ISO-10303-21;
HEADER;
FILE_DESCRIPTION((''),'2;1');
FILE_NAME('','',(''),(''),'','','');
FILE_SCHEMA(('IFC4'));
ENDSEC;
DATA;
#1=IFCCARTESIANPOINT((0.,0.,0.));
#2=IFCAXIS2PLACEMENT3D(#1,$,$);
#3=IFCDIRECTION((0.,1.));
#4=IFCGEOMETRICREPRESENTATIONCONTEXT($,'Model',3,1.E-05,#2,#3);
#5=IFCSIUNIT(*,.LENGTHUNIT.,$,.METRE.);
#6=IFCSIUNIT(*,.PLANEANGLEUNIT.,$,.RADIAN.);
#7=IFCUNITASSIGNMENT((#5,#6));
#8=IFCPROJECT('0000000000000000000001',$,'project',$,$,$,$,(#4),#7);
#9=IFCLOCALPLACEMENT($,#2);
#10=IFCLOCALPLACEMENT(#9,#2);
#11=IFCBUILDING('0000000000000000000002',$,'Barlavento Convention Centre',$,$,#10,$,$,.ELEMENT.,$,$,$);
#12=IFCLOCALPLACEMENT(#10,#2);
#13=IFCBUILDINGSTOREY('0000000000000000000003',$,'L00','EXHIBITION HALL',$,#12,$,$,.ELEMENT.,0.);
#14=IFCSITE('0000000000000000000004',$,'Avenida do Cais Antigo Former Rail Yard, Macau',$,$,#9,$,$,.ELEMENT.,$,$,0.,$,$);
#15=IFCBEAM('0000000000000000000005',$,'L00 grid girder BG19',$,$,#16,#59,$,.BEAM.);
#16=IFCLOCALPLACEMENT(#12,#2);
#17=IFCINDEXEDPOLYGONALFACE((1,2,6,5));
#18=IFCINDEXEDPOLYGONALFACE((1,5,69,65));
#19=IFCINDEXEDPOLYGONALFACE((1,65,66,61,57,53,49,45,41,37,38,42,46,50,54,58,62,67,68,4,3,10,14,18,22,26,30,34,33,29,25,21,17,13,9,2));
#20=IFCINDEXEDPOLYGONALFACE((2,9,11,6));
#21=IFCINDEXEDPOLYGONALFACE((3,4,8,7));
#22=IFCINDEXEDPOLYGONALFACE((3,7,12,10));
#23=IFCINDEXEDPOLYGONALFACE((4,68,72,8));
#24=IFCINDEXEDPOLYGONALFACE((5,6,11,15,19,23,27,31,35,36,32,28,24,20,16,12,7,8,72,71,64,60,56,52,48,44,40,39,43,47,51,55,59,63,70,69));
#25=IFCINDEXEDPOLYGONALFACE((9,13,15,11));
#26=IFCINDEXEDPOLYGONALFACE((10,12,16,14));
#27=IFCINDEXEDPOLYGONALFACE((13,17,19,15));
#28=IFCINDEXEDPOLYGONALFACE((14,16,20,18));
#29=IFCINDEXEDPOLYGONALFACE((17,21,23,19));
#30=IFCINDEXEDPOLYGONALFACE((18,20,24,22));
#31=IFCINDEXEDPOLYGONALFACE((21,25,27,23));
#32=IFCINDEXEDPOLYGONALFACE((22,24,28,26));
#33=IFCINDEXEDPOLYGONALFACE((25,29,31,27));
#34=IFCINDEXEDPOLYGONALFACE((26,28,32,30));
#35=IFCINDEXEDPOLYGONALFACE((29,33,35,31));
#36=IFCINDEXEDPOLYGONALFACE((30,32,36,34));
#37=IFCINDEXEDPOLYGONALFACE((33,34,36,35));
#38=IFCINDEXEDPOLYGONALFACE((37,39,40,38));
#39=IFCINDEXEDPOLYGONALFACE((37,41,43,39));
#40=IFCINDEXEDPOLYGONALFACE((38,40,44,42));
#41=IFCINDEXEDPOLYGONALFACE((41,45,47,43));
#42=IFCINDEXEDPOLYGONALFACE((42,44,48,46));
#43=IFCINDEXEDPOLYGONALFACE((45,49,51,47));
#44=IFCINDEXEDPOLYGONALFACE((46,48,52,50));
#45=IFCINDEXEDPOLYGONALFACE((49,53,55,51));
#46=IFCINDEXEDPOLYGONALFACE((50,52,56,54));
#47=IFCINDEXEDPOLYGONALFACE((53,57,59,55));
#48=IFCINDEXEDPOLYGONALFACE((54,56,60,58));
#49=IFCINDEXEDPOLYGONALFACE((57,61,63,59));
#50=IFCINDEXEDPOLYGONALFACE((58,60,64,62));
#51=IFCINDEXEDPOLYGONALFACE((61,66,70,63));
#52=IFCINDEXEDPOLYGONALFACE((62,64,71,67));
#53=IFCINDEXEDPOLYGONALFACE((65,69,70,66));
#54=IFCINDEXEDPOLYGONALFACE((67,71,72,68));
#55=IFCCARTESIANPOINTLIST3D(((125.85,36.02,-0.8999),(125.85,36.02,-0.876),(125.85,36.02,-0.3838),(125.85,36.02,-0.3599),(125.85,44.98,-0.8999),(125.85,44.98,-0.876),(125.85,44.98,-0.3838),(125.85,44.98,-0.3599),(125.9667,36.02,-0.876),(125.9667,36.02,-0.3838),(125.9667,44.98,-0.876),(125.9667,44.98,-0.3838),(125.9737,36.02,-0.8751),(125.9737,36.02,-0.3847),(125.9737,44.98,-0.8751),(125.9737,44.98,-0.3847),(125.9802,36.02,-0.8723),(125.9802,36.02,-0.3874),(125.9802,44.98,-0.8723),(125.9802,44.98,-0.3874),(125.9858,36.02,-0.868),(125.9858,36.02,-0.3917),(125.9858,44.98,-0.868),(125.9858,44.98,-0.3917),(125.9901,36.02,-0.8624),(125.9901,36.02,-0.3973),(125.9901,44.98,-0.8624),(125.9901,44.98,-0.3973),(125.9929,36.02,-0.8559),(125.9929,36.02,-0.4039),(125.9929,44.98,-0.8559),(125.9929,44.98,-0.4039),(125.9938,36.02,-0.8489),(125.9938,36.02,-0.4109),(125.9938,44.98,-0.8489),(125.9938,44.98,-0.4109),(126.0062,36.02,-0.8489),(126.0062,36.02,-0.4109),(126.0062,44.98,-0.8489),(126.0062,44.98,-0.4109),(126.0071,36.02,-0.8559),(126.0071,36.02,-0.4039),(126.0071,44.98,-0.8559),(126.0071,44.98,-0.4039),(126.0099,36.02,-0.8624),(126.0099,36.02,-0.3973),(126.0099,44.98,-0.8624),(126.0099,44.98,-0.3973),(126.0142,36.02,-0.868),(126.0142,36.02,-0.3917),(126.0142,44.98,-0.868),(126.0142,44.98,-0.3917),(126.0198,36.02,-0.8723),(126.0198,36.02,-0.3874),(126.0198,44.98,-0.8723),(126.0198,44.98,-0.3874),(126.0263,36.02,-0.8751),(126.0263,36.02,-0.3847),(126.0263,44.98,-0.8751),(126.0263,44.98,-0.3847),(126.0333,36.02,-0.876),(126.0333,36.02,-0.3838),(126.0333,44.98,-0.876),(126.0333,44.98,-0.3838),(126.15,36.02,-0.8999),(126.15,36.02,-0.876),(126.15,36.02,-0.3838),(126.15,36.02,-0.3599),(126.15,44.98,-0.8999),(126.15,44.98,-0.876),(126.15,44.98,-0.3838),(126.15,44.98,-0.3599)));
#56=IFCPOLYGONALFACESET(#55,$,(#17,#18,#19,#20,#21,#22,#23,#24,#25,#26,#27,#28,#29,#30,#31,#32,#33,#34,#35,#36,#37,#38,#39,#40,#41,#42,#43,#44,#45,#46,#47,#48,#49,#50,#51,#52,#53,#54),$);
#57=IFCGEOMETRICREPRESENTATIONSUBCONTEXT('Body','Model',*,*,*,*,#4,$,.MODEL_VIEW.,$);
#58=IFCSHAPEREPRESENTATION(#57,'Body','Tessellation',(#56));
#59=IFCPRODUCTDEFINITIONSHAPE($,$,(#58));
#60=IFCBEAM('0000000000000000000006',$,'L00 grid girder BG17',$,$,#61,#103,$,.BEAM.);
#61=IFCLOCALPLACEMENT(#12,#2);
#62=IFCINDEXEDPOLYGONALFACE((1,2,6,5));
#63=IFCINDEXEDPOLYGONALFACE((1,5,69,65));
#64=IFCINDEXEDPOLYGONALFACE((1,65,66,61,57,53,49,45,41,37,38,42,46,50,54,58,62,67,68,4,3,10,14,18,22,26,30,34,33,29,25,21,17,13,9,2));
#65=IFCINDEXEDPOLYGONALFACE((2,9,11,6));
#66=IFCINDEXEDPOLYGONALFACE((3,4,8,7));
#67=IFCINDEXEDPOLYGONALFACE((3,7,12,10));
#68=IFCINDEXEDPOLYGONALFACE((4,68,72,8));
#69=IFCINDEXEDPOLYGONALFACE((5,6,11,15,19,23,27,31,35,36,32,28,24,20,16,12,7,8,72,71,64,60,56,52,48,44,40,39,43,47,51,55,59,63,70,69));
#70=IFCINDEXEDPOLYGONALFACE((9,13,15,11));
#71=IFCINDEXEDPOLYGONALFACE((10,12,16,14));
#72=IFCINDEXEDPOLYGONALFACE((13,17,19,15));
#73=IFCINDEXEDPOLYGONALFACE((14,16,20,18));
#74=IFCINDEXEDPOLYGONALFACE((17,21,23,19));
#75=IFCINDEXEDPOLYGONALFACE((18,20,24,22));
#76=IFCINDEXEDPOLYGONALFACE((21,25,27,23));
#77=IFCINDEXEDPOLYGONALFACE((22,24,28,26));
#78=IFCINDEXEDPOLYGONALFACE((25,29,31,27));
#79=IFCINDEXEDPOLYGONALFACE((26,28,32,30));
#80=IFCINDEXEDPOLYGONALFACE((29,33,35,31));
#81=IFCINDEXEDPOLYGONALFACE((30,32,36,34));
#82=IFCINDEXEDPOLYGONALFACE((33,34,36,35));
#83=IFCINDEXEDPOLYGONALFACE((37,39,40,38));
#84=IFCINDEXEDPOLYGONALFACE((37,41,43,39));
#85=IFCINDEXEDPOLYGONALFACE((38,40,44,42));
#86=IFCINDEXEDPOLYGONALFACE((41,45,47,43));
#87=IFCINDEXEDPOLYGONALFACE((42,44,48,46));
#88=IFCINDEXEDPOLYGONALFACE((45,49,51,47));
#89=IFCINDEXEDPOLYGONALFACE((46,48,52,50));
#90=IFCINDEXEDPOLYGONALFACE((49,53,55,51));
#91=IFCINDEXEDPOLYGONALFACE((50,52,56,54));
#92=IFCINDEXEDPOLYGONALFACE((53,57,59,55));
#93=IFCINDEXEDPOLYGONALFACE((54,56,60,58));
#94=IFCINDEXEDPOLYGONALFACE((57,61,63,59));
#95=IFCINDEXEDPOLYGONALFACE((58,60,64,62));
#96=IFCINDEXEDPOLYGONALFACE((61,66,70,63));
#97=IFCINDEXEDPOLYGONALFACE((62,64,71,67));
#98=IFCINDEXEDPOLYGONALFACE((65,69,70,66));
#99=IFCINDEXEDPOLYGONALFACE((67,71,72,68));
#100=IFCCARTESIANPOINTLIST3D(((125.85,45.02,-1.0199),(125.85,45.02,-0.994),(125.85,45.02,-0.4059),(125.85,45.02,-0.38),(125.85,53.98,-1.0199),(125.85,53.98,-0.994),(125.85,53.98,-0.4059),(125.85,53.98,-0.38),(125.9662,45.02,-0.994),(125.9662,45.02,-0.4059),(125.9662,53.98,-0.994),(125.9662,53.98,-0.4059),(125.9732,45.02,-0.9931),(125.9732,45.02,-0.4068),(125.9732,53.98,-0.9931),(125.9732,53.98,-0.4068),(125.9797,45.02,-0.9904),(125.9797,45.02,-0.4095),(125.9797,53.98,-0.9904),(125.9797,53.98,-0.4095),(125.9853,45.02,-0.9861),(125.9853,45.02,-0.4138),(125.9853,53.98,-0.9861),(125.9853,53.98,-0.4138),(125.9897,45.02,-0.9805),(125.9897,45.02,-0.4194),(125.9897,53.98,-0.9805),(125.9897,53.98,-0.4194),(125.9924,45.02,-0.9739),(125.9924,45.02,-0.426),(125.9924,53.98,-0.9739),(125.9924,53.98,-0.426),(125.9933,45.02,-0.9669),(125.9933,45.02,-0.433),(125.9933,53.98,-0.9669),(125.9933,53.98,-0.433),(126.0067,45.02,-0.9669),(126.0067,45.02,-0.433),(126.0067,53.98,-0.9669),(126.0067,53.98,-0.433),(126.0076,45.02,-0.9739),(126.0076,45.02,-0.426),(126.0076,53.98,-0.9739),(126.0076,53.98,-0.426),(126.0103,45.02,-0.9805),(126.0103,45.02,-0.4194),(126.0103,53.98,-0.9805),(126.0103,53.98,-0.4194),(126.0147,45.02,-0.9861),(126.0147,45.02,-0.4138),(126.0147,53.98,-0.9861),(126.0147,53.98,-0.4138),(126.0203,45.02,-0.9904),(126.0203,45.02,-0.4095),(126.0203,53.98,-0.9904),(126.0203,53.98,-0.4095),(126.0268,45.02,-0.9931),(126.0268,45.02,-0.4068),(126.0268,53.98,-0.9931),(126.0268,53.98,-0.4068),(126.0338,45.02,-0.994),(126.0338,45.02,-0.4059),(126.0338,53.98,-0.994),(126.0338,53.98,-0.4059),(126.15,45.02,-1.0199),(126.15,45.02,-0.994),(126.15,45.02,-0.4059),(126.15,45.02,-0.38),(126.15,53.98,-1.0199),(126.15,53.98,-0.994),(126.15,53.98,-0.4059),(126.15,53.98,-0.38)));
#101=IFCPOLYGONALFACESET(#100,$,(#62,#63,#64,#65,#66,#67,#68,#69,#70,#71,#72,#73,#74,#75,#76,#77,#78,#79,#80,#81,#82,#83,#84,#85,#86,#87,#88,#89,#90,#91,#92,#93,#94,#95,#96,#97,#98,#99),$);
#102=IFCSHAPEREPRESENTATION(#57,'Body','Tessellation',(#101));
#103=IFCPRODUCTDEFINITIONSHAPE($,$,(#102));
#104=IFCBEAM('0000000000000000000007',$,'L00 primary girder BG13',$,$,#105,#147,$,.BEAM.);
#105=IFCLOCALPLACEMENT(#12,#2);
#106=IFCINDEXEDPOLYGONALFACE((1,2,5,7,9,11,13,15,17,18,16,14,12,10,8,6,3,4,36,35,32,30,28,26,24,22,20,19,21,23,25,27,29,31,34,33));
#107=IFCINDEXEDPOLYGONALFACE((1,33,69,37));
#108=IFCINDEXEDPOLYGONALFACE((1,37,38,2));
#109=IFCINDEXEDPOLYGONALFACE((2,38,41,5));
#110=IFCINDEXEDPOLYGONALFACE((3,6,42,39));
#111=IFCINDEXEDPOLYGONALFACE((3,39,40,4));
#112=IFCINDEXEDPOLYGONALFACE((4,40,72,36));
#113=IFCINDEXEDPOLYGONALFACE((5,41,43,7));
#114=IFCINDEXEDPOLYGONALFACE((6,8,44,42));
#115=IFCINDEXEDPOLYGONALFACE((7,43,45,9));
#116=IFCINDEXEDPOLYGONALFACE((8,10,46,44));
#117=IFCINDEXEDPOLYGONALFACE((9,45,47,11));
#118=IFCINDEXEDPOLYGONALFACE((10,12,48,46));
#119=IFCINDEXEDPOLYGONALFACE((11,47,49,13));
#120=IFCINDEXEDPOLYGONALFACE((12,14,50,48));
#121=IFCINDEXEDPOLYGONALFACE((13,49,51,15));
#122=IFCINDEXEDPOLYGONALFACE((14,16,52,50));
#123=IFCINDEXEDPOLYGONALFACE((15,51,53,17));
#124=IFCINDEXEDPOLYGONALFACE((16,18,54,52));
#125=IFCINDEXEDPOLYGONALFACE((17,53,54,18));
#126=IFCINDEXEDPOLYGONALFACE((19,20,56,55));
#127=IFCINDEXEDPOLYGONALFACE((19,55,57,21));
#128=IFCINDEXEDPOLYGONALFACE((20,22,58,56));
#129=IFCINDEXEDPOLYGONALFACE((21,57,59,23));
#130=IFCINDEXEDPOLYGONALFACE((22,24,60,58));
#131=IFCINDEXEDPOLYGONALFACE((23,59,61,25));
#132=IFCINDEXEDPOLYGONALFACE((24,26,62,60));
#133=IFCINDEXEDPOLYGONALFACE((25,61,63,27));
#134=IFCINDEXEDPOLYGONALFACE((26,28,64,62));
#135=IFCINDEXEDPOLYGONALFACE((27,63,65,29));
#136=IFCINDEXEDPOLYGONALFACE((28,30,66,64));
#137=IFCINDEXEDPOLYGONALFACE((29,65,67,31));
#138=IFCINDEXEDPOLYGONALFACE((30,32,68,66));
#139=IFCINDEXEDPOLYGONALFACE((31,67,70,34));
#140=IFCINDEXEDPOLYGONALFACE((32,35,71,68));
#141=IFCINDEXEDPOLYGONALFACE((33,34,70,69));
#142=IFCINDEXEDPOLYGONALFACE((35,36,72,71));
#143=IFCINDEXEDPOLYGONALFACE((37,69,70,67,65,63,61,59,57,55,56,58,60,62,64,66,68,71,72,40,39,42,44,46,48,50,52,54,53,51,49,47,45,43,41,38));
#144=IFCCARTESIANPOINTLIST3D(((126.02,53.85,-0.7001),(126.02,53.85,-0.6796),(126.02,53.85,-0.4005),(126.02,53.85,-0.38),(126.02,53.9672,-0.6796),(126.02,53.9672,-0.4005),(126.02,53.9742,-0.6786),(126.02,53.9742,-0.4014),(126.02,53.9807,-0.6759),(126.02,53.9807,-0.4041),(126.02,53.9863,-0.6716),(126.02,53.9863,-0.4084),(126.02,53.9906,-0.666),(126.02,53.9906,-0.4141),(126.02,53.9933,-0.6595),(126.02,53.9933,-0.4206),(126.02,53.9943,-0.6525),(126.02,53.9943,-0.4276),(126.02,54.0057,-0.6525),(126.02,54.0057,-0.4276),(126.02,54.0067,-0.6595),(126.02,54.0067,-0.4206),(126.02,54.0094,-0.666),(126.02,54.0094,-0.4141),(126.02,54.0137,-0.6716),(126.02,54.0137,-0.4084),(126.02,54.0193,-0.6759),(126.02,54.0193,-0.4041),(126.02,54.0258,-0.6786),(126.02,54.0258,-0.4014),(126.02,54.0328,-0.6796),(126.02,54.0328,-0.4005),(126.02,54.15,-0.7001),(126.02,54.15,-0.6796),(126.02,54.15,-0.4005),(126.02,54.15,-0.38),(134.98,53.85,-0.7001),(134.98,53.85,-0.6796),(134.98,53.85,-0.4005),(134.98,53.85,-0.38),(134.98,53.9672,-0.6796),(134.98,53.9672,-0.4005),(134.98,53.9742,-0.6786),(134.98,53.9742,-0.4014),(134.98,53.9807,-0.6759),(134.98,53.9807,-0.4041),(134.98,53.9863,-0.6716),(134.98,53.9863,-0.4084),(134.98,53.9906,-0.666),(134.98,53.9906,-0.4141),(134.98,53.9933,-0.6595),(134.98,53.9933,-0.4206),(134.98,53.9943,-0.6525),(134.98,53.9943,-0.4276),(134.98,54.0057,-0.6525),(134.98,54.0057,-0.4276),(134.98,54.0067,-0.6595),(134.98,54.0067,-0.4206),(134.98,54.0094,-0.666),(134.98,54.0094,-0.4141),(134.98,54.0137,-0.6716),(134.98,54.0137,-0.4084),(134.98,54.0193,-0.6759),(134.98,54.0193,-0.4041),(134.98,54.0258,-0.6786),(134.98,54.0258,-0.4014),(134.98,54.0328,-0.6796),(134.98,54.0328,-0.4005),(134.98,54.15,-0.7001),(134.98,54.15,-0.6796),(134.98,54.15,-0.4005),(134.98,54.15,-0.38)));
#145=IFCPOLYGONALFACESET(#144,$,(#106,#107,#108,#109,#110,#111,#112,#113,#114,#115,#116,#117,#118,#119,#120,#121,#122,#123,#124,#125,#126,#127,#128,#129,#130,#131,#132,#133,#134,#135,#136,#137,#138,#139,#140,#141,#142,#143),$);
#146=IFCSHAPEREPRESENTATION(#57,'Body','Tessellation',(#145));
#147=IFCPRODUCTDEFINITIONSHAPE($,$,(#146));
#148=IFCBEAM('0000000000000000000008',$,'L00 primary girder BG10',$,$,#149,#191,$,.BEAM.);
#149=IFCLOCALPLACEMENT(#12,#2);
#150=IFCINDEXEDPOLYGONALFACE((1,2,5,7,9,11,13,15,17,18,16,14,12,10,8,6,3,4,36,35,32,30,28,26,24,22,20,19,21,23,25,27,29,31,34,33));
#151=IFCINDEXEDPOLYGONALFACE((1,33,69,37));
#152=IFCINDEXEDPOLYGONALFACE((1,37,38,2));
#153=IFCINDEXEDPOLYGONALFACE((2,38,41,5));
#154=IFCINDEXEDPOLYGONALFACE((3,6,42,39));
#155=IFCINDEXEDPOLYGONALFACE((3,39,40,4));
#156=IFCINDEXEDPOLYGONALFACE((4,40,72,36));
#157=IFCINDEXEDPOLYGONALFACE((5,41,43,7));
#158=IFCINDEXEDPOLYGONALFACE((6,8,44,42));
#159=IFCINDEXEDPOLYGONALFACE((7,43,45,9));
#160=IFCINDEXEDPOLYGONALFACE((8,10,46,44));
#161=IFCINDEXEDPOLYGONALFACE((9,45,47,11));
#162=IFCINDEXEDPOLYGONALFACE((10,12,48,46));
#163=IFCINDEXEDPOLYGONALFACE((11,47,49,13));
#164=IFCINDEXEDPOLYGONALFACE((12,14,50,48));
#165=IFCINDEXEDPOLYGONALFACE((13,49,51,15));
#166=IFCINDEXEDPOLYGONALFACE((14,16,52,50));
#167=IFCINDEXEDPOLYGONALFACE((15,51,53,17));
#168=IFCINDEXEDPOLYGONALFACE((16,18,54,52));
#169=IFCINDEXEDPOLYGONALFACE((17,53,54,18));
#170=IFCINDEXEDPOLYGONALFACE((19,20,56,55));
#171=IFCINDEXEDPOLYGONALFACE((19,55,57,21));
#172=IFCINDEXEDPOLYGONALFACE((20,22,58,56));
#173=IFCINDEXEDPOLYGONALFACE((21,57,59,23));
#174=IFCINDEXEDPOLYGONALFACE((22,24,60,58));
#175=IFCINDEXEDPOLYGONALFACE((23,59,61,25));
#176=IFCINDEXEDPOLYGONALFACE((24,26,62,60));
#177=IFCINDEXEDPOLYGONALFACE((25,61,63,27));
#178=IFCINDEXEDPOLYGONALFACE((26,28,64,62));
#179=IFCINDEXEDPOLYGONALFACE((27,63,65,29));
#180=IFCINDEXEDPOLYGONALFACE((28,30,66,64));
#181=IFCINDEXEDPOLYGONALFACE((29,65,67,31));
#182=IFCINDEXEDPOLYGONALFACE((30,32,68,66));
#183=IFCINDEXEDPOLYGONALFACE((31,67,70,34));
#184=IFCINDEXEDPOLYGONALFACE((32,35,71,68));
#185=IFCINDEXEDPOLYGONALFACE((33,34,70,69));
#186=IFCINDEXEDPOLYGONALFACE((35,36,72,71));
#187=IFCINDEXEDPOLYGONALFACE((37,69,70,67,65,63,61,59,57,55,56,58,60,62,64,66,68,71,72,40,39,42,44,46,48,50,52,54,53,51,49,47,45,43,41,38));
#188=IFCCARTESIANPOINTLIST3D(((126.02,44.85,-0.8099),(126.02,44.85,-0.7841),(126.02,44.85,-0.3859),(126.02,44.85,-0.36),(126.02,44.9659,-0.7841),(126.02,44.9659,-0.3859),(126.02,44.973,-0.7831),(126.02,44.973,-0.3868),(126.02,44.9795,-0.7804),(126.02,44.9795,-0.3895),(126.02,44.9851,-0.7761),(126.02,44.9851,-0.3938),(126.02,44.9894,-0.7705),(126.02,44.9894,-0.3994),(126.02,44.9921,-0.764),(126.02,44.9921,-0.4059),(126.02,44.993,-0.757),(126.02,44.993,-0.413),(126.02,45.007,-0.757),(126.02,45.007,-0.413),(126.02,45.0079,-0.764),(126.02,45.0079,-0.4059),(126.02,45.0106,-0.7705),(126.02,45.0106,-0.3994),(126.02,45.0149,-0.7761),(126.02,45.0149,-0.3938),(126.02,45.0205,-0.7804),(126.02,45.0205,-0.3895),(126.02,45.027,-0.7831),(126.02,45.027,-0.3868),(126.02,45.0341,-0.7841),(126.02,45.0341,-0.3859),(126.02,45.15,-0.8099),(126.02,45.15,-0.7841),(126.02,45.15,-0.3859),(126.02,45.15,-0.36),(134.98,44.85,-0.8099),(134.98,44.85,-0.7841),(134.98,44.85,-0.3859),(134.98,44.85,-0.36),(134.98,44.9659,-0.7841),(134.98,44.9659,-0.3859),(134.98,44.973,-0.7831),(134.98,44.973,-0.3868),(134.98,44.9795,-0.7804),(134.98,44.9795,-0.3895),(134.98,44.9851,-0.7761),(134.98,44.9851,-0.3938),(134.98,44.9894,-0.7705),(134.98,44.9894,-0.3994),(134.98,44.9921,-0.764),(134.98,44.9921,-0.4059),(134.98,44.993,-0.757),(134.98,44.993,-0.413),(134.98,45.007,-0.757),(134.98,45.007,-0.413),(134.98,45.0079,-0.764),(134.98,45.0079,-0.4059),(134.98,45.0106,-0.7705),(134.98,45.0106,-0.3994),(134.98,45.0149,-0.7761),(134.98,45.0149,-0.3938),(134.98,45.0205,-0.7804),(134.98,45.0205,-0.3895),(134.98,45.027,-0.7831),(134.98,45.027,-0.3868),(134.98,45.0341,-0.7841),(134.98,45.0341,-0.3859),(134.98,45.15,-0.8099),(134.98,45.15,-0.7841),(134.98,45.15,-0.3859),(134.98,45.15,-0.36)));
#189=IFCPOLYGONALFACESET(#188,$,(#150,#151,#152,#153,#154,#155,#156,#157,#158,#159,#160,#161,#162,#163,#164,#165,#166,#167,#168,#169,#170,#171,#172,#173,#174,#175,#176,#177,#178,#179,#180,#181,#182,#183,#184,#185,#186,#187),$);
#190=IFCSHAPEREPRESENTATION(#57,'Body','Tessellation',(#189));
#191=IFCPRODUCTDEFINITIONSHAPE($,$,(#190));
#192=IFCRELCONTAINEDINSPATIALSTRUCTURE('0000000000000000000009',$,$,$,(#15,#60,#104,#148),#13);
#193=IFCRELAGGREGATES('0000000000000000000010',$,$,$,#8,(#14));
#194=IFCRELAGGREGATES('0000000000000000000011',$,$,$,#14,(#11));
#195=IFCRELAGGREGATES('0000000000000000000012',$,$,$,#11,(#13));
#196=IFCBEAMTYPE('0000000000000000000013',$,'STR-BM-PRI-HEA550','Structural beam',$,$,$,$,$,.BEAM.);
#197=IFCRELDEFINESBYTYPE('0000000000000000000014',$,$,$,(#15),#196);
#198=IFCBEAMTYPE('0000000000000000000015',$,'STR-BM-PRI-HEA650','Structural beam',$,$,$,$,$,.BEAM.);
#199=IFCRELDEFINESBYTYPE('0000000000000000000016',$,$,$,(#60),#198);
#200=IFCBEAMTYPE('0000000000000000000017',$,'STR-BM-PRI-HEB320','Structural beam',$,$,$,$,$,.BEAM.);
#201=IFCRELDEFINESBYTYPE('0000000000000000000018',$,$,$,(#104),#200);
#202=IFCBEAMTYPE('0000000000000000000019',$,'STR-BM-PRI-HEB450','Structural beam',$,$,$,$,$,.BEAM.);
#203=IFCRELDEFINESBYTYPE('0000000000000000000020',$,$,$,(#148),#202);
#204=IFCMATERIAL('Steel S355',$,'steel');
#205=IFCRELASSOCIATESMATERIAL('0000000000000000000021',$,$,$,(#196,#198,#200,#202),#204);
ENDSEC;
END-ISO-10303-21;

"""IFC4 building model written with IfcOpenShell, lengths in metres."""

from ifc_helpers import new_model, si_unit, direction, frame, origin, origin_2d, place, context, subcontext, project, spatial, i_section, extrude, material, material_profile, profile_set, type_object, element, save


model = new_model("IFC4")

# Units and contexts
model_context = context("Model", 3, precision=1e-05, world=origin(), true_north=direction((0.0, 1.0)))
body_context = subcontext(model_context, "Body", "Model", "MODEL_VIEW")
ifc_project = project(units=[si_unit("LENGTHUNIT", "METRE"), si_unit("PLANEANGLEUNIT", "RADIAN")], contexts=[model_context])

# Site, building, storey
site_placement = place(None, origin())
site = spatial("IfcSite", under=ifc_project, at=site_placement, Name="Avenida do Cais Antigo Former Rail Yard, Macau", CompositionType="ELEMENT", RefElevation=0.0)
building_placement = place(site_placement, origin())
building = spatial("IfcBuilding", under=site, at=building_placement, Name="Barlavento Convention Centre", CompositionType="ELEMENT")
storey_placement = place(building_placement, origin())
storey = spatial("IfcBuildingStorey", under=building, at=storey_placement, Name="L00", Description="EXHIBITION HALL", CompositionType="ELEMENT", Elevation=0.0)

# Beams
ifc_material_1 = material(Name="Steel S355", Category="steel")
ifc_material_profile_1 = material_profile(ifc_material_1, i_section(OverallWidth=0.3, OverallDepth=0.54, WebThickness=0.0125, FlangeThickness=0.0239, FilletRadius=0.0271, at=origin_2d()), Name="HEA 550")
ifc_profile_set_1 = profile_set([ifc_material_profile_1], Name="Steel S355")
beam_type_1 = type_object("IfcBeamType", Name="STR-BM-PRI-HEA550", Description="Structural beam", PredefinedType="BEAM", material=ifc_profile_set_1)
beam_1_placement = place(storey_placement, frame((126.0, 36.02, -0.6299), z_axis=(0.0, 1.0, 0.0), x_axis=(-1.0, 0.0, 0.0)))
element("IfcBeam", 1, at=beam_1_placement, inside=storey, type_object=beam_type_1, Name="L00 grid girder BG19", PredefinedType="BEAM", context=body_context, shape_type="SweptSolid", body=[
    extrude(i_section(OverallWidth=0.3, OverallDepth=0.54, WebThickness=0.0125, FlangeThickness=0.0239, FilletRadius=0.0271, at=origin_2d()), origin(), (0.0, 0.0, 1.0), 8.96),
])
ifc_material_profile_2 = material_profile(ifc_material_1, i_section(OverallWidth=0.3, OverallDepth=0.6399, WebThickness=0.0134, FlangeThickness=0.0259, FilletRadius=0.0271, at=origin_2d()), Name="HEA 650")
ifc_profile_set_2 = profile_set([ifc_material_profile_2], Name="Steel S355")
beam_type_2 = type_object("IfcBeamType", Name="STR-BM-PRI-HEA650", Description="Structural beam", PredefinedType="BEAM", material=ifc_profile_set_2)
beam_2_placement = place(storey_placement, frame((126.0, 45.02, -0.7), z_axis=(0.0, 1.0, 0.0), x_axis=(-1.0, 0.0, 0.0)))
element("IfcBeam", 2, at=beam_2_placement, inside=storey, type_object=beam_type_2, Name="L00 grid girder BG17", PredefinedType="BEAM", context=body_context, shape_type="SweptSolid", body=[
    extrude(i_section(OverallWidth=0.3, OverallDepth=0.6399, WebThickness=0.0134, FlangeThickness=0.0259, FilletRadius=0.0271, at=origin_2d()), origin(), (0.0, 0.0, 1.0), 8.96),
])
ifc_material_profile_3 = material_profile(ifc_material_1, i_section(OverallWidth=0.3, OverallDepth=0.3201, WebThickness=0.0115, FlangeThickness=0.0205, FilletRadius=0.0271, at=origin_2d()), Name="HEB 320")
ifc_profile_set_3 = profile_set([ifc_material_profile_3], Name="Steel S355")
beam_type_3 = type_object("IfcBeamType", Name="STR-BM-PRI-HEB320", Description="Structural beam", PredefinedType="BEAM", material=ifc_profile_set_3)
beam_3_placement = place(storey_placement, frame((126.02, 54.0, -0.54), z_axis=(1.0, 0.0, 0.0), x_axis=(0.0, 1.0, 0.0)))
element("IfcBeam", 3, at=beam_3_placement, inside=storey, type_object=beam_type_3, Name="L00 primary girder BG13", PredefinedType="BEAM", context=body_context, shape_type="SweptSolid", body=[
    extrude(i_section(OverallWidth=0.3, OverallDepth=0.3201, WebThickness=0.0115, FlangeThickness=0.0205, FilletRadius=0.0271, at=origin_2d()), origin(), (0.0, 0.0, 1.0), 8.96),
])
ifc_material_profile_4 = material_profile(ifc_material_1, i_section(OverallWidth=0.3, OverallDepth=0.45, WebThickness=0.0139, FlangeThickness=0.0259, FilletRadius=0.0271, at=origin_2d()), Name="HEB 450")
ifc_profile_set_4 = profile_set([ifc_material_profile_4], Name="Steel S355")
beam_type_4 = type_object("IfcBeamType", Name="STR-BM-PRI-HEB450", Description="Structural beam", PredefinedType="BEAM", material=ifc_profile_set_4)
beam_4_placement = place(storey_placement, frame((126.02, 45.0, -0.585), z_axis=(1.0, 0.0, 0.0), x_axis=(0.0, 1.0, 0.0)))
element("IfcBeam", 4, at=beam_4_placement, inside=storey, type_object=beam_type_4, Name="L00 primary girder BG10", PredefinedType="BEAM", context=body_context, shape_type="SweptSolid", body=[
    extrude(i_section(OverallWidth=0.3, OverallDepth=0.45, WebThickness=0.0139, FlangeThickness=0.0259, FilletRadius=0.0271, at=origin_2d()), origin(), (0.0, 0.0, 1.0), 8.96),
])

save(model, "model.ifc")
